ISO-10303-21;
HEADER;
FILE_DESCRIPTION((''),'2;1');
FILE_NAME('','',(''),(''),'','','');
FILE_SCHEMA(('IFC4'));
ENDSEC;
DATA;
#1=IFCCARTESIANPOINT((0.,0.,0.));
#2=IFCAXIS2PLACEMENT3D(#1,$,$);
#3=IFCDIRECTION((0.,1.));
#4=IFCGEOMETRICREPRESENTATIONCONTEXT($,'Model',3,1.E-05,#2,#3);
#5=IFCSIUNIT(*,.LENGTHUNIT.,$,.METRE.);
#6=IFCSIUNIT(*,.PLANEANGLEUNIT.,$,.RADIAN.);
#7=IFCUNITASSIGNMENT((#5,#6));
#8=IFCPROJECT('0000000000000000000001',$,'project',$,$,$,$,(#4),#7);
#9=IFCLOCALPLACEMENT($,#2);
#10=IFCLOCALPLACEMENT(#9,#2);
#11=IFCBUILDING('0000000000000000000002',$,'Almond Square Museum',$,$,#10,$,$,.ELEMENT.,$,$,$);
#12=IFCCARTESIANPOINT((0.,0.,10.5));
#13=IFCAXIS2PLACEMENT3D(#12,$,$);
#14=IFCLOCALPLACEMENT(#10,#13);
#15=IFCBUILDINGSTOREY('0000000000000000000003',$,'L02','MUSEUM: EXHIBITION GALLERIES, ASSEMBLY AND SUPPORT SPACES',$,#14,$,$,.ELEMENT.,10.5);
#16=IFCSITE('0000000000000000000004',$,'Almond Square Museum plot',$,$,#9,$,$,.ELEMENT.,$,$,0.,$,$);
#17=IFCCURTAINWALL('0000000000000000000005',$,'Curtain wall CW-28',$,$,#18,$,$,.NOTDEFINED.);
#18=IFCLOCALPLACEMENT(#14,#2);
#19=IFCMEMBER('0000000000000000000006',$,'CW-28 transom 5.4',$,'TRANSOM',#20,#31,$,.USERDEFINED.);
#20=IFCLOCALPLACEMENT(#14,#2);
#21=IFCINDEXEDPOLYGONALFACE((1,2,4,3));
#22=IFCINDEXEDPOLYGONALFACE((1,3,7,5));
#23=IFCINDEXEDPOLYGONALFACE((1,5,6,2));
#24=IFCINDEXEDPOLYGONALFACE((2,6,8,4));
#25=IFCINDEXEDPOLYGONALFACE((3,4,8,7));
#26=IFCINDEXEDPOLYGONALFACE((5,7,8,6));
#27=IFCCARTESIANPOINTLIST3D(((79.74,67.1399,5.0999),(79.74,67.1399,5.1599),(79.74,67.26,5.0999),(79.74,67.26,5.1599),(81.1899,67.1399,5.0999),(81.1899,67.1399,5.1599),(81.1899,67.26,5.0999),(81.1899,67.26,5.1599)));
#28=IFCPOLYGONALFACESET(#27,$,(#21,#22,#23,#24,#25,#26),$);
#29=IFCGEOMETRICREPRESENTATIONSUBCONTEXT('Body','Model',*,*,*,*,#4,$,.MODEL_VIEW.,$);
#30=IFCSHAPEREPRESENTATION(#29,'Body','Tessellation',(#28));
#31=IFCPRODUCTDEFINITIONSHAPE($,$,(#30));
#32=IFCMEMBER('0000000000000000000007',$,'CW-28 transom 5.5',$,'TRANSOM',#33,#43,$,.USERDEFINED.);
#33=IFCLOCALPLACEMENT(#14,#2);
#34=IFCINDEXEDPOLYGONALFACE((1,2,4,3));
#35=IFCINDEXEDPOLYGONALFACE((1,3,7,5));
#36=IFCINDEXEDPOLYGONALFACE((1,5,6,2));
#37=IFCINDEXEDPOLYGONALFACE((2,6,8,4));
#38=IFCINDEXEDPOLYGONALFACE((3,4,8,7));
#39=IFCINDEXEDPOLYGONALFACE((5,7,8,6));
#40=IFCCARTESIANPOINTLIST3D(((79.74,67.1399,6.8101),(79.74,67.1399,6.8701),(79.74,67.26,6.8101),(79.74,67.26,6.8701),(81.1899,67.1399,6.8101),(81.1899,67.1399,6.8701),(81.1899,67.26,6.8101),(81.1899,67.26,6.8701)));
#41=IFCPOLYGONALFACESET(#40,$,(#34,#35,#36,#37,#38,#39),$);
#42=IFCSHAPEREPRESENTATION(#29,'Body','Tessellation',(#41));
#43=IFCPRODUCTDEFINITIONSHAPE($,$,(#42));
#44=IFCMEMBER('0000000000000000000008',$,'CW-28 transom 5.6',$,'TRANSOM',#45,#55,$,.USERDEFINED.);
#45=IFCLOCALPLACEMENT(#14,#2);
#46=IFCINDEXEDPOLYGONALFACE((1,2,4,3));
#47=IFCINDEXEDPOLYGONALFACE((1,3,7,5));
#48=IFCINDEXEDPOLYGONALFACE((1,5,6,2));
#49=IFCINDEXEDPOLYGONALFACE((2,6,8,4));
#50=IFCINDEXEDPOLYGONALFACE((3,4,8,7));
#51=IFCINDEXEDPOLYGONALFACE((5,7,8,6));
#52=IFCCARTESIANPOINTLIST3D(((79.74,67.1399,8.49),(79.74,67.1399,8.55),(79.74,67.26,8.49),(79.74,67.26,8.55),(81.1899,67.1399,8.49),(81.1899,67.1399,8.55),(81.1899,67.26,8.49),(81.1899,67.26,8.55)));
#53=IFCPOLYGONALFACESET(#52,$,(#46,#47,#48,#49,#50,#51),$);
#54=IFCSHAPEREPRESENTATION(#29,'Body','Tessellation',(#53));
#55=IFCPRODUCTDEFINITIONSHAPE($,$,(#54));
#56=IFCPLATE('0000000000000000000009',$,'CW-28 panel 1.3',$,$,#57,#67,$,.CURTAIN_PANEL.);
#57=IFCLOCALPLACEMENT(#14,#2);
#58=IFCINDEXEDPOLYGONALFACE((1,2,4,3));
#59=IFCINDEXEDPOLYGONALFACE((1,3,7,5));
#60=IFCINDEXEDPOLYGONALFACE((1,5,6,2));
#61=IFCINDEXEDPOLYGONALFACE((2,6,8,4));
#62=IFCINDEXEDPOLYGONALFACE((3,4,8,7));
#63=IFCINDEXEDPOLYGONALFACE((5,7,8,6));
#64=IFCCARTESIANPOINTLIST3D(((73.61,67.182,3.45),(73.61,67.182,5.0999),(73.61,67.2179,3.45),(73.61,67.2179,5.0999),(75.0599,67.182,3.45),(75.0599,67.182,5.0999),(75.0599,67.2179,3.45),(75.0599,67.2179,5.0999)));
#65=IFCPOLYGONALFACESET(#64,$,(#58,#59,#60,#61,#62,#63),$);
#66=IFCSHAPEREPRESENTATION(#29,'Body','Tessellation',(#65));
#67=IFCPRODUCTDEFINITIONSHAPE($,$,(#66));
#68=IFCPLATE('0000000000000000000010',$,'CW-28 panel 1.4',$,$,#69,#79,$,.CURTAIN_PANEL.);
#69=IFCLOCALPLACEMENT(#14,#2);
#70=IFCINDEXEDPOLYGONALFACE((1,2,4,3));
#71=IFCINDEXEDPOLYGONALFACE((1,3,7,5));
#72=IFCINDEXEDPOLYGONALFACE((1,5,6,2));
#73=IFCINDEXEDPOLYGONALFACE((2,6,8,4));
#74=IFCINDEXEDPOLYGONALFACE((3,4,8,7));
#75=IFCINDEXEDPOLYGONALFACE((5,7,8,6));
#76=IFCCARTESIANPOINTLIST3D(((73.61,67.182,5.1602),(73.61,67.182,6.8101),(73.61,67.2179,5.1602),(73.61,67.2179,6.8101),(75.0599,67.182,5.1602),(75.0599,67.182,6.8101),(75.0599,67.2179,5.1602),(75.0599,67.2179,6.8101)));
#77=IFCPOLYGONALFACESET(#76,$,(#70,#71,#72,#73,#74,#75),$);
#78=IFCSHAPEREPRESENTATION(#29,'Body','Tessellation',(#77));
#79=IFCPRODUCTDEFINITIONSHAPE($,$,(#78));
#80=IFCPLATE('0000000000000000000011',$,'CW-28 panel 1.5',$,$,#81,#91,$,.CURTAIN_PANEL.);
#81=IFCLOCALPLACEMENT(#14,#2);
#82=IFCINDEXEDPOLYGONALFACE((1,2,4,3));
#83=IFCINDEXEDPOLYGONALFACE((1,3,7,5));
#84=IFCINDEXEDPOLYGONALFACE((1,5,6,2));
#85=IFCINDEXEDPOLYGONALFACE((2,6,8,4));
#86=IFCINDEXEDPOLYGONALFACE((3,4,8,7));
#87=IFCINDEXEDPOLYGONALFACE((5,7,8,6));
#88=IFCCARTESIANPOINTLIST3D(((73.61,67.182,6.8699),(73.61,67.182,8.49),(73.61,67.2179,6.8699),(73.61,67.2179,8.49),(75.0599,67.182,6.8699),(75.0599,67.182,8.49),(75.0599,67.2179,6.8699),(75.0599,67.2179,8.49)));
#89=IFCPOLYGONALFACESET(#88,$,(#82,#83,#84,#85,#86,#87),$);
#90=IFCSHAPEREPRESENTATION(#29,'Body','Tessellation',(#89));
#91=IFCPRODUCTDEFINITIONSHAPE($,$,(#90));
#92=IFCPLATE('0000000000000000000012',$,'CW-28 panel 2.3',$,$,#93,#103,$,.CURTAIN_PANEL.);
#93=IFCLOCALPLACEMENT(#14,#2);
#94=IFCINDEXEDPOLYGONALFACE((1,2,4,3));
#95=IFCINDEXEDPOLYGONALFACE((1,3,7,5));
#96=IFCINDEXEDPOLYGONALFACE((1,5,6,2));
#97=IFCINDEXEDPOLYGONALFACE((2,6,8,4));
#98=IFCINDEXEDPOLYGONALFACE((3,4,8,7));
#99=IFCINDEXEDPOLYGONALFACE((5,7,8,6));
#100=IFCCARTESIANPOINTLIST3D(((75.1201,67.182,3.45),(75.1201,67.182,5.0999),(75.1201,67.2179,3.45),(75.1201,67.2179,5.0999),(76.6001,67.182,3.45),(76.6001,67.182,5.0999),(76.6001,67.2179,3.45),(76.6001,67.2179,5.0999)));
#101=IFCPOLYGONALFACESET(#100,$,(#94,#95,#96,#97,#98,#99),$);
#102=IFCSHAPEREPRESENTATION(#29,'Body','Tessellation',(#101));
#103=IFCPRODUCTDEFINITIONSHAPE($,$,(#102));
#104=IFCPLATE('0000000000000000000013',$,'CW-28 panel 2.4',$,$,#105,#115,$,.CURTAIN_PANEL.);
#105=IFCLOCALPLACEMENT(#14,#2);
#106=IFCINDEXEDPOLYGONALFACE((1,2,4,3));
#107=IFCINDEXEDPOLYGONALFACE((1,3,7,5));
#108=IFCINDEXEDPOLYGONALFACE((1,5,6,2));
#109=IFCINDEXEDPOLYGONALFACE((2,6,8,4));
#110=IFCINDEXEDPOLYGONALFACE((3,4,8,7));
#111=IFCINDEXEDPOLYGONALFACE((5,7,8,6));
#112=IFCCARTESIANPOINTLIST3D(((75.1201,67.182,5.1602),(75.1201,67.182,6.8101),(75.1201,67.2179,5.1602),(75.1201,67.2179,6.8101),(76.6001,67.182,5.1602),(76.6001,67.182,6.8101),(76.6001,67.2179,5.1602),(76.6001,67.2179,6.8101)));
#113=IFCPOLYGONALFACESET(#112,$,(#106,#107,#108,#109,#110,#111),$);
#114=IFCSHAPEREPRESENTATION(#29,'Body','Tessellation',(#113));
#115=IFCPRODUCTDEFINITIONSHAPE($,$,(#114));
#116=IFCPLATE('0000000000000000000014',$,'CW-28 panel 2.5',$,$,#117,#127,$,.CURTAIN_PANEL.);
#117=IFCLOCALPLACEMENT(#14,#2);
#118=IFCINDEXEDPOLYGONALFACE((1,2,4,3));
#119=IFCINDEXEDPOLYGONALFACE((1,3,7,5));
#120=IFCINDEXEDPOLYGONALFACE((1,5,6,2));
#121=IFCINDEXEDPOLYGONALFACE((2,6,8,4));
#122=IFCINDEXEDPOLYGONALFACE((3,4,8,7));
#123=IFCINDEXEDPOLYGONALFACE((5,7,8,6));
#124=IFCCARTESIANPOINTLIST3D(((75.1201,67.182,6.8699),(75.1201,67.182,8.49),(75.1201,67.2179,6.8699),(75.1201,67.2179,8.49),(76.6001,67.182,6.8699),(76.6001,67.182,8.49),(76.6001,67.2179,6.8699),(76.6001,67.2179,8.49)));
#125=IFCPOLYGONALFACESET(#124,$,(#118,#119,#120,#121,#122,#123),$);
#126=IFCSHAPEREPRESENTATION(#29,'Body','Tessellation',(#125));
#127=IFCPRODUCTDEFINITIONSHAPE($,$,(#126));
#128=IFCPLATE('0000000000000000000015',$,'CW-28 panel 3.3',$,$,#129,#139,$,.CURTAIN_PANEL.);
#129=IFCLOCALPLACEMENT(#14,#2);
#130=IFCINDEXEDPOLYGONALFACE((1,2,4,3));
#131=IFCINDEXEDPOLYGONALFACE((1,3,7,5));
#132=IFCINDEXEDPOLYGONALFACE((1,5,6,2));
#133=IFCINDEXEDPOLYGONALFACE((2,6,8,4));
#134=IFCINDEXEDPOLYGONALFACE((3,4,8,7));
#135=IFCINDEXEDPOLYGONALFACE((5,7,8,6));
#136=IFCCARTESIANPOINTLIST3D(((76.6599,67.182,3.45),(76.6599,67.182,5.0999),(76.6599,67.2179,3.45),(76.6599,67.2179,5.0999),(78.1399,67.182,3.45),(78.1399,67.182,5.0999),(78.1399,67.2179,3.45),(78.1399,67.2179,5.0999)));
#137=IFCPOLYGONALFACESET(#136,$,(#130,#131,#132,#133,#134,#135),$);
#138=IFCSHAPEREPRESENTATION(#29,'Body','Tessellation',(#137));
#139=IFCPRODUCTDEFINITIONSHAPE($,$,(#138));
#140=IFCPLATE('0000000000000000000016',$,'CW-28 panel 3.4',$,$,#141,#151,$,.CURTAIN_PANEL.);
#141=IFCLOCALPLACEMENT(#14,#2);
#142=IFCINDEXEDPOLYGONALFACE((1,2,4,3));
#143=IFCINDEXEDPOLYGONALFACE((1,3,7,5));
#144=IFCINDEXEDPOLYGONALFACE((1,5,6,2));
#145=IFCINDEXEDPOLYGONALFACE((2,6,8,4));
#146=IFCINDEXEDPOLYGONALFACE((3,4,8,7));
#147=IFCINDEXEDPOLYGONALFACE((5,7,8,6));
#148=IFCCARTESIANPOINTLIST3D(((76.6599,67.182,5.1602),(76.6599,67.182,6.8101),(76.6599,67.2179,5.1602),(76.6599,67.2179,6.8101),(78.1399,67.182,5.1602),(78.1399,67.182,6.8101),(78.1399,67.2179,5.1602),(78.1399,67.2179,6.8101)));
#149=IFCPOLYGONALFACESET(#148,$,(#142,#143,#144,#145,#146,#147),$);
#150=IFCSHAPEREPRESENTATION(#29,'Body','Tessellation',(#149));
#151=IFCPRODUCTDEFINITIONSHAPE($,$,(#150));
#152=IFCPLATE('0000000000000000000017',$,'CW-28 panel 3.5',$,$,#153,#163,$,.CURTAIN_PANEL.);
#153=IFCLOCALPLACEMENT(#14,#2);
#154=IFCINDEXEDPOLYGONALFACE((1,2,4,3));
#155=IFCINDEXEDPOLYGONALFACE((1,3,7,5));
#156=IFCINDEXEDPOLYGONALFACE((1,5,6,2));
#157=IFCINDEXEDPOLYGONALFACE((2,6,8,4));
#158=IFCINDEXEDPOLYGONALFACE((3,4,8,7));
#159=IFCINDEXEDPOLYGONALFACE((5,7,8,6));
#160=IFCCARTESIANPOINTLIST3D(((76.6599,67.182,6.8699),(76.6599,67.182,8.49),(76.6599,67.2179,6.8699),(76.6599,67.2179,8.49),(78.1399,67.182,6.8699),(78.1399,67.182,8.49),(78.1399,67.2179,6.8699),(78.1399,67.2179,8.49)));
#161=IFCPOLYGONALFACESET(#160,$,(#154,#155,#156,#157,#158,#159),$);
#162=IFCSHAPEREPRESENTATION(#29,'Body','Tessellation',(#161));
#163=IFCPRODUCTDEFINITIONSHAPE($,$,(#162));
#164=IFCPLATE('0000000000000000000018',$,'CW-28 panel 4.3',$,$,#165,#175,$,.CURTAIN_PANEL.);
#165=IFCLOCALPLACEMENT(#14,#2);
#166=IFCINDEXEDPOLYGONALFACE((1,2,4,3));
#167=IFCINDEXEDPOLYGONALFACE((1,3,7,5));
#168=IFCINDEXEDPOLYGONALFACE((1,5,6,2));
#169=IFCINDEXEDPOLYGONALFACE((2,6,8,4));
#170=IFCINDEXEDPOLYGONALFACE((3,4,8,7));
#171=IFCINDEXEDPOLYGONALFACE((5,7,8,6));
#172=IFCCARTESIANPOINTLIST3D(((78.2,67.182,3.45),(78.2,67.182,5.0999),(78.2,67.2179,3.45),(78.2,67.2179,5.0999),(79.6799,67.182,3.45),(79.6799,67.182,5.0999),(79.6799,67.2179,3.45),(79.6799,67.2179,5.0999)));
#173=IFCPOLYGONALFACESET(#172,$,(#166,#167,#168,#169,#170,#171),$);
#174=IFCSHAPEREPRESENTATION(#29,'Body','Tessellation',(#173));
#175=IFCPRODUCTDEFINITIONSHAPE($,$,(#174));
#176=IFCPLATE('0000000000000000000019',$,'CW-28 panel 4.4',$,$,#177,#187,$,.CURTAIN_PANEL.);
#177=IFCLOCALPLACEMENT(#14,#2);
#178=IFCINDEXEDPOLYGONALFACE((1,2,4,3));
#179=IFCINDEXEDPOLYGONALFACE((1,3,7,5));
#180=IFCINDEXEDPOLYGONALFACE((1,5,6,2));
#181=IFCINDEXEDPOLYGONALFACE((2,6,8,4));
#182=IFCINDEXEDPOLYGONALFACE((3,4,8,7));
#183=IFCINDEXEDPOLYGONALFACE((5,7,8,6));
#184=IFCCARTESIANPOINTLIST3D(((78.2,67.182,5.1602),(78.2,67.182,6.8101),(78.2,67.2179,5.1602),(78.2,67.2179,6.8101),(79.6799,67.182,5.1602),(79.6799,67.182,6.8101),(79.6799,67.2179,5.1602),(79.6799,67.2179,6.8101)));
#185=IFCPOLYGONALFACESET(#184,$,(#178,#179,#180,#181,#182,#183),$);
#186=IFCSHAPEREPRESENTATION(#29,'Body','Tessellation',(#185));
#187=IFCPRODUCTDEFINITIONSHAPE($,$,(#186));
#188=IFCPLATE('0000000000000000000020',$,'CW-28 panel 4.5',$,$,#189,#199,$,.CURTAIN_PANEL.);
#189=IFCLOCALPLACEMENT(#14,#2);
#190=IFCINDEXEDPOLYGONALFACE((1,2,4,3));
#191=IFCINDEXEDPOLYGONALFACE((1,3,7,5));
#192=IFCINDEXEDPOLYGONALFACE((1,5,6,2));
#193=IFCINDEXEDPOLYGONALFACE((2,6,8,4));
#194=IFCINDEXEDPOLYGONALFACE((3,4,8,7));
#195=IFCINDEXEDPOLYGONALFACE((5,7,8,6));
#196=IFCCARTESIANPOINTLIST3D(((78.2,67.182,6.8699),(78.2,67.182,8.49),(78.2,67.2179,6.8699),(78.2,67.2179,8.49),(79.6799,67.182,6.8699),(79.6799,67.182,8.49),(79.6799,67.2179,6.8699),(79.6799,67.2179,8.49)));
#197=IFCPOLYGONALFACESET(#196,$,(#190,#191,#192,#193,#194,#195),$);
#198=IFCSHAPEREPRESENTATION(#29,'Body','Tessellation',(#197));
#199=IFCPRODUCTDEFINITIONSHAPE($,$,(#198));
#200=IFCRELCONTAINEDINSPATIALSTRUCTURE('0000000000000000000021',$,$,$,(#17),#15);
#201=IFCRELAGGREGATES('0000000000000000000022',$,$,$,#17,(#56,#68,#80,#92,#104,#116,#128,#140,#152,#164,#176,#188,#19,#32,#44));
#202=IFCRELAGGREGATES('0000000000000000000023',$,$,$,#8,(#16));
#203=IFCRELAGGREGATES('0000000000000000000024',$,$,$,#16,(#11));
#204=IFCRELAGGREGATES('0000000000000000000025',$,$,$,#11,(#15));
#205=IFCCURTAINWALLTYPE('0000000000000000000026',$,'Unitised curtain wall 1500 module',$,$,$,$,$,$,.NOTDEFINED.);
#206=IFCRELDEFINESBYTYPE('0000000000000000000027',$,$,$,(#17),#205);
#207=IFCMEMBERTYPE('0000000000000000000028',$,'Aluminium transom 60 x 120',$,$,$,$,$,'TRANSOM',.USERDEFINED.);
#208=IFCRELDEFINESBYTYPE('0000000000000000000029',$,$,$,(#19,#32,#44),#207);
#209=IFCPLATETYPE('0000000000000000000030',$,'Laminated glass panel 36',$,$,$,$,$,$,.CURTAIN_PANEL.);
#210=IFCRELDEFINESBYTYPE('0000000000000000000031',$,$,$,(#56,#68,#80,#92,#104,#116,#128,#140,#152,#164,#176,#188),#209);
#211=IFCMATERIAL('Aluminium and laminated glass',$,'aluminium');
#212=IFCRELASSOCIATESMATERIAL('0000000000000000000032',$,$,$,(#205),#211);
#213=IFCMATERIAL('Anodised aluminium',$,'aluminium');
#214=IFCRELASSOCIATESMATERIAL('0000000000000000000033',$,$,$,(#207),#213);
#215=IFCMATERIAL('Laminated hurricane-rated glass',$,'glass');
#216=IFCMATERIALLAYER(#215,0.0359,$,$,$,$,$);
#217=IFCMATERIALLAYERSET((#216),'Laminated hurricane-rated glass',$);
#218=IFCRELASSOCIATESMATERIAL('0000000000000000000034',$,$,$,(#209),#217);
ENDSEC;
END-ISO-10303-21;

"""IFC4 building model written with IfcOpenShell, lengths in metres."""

from ifc_helpers import new_model, si_unit, direction, frame, origin, origin_2d, place, context, subcontext, project, spatial, rectangle, extrude, material, layer, layer_set, material_profile, profile_set, type_object, element, aggregate, save


model = new_model("IFC4")

# Units and contexts
model_context = context("Model", 3, precision=1e-05, world=origin(), true_north=direction((0.0, 1.0)))
body_context = subcontext(model_context, "Body", "Model", "MODEL_VIEW")
ifc_project = project(units=[si_unit("LENGTHUNIT", "METRE"), si_unit("PLANEANGLEUNIT", "RADIAN")], contexts=[model_context])

# Site, building, storey
site_placement = place(None, origin())
site = spatial("IfcSite", under=ifc_project, at=site_placement, Name="Almond Square Museum plot", CompositionType="ELEMENT", RefElevation=0.0)
building_placement = place(site_placement, origin())
building = spatial("IfcBuilding", under=site, at=building_placement, Name="Almond Square Museum", CompositionType="ELEMENT")
storey_placement = place(building_placement, frame((0.0, 0.0, 10.5)))
storey = spatial("IfcBuildingStorey", under=building, at=storey_placement, Name="L02", Description="MUSEUM: EXHIBITION GALLERIES, ASSEMBLY AND SUPPORT SPACES", CompositionType="ELEMENT", Elevation=10.5)

# Curtain wall, members, plates
ifc_material_1 = material(Name="Aluminium and laminated glass", Category="aluminium")
curtain_wall_type = type_object("IfcCurtainWallType", Name="Unitised curtain wall 1500 module", PredefinedType="NOTDEFINED", material=ifc_material_1)
curtain_wall_placement = place(storey_placement, origin())
curtain_wall = element("IfcCurtainWall", 1, at=curtain_wall_placement, inside=storey, type_object=curtain_wall_type, Name="Curtain wall CW-28", PredefinedType="NOTDEFINED")
ifc_material_2 = material(Name="Anodised aluminium", Category="aluminium")
ifc_material_profile = material_profile(ifc_material_2, rectangle(XDim=0.1201, YDim=0.0601, at=origin_2d()))
ifc_profile_set = profile_set([ifc_material_profile], Name="Anodised aluminium")
member_type = type_object("IfcMemberType", Name="Aluminium transom 60 x 120", ElementType="TRANSOM", PredefinedType="USERDEFINED", material=ifc_profile_set)
member_1_placement = place(storey_placement, frame((79.74, 67.2, 5.1299), z_axis=(1.0, 0.0, 0.0), x_axis=(0.0, 1.0, 0.0)))
member_1 = element("IfcMember", 2, at=member_1_placement, type_object=member_type, Name="CW-28 transom 5.4", ObjectType="TRANSOM", PredefinedType="USERDEFINED", context=body_context, shape_type="SweptSolid", body=[
    extrude(rectangle(XDim=0.1201, YDim=0.0601, at=origin_2d()), origin(), (0.0, 0.0, 1.0), 1.45),
])
member_2_placement = place(storey_placement, frame((79.74, 67.2, 6.8401), z_axis=(1.0, 0.0, 0.0), x_axis=(0.0, 1.0, 0.0)))
member_2 = element("IfcMember", 3, at=member_2_placement, type_object=member_type, Name="CW-28 transom 5.5", ObjectType="TRANSOM", PredefinedType="USERDEFINED", context=body_context, shape_type="SweptSolid", body=[
    extrude(rectangle(XDim=0.1201, YDim=0.0601, at=origin_2d()), origin(), (0.0, 0.0, 1.0), 1.45),
])
member_3_placement = place(storey_placement, frame((79.74, 67.2, 8.52), z_axis=(1.0, 0.0, 0.0), x_axis=(0.0, 1.0, 0.0)))
member_3 = element("IfcMember", 4, at=member_3_placement, type_object=member_type, Name="CW-28 transom 5.6", ObjectType="TRANSOM", PredefinedType="USERDEFINED", context=body_context, shape_type="SweptSolid", body=[
    extrude(rectangle(XDim=0.1201, YDim=0.0601, at=origin_2d()), origin(), (0.0, 0.0, 1.0), 1.45),
])
ifc_material_3 = material(Name="Laminated hurricane-rated glass", Category="glass")
ifc_layer = layer(ifc_material_3, 0.0359)
ifc_layer_set = layer_set([ifc_layer], Name="Laminated hurricane-rated glass")
plate_type = type_object("IfcPlateType", Name="Laminated glass panel 36", PredefinedType="CURTAIN_PANEL", material=ifc_layer_set)
plate_1_placement = place(storey_placement, frame((74.335, 67.2, 3.45), z_axis=(0.0, 0.0, 1.0), x_axis=(1.0, 0.0, 0.0)))
plate_1 = element("IfcPlate", 5, at=plate_1_placement, type_object=plate_type, Name="CW-28 panel 1.3", PredefinedType="CURTAIN_PANEL", context=body_context, shape_type="SweptSolid", body=[
    extrude(rectangle(XDim=1.45, YDim=0.0359, at=origin_2d()), origin(), (0.0, 0.0, 1.0), 1.6499),
])
plate_2_placement = place(storey_placement, frame((74.335, 67.2, 5.1602), z_axis=(0.0, 0.0, 1.0), x_axis=(1.0, 0.0, 0.0)))
plate_2 = element("IfcPlate", 6, at=plate_2_placement, type_object=plate_type, Name="CW-28 panel 1.4", PredefinedType="CURTAIN_PANEL", context=body_context, shape_type="SweptSolid", body=[
    extrude(rectangle(XDim=1.45, YDim=0.0359, at=origin_2d()), origin(), (0.0, 0.0, 1.0), 1.6499),
])
plate_3_placement = place(storey_placement, frame((74.335, 67.2, 6.8699), z_axis=(0.0, 0.0, 1.0), x_axis=(1.0, 0.0, 0.0)))
plate_3 = element("IfcPlate", 7, at=plate_3_placement, type_object=plate_type, Name="CW-28 panel 1.5", PredefinedType="CURTAIN_PANEL", context=body_context, shape_type="SweptSolid", body=[
    extrude(rectangle(XDim=1.45, YDim=0.0359, at=origin_2d()), origin(), (0.0, 0.0, 1.0), 1.6201),
])
plate_4_placement = place(storey_placement, frame((75.8601, 67.2, 3.45), z_axis=(0.0, 0.0, 1.0), x_axis=(1.0, 0.0, 0.0)))
plate_4 = element("IfcPlate", 8, at=plate_4_placement, type_object=plate_type, Name="CW-28 panel 2.3", PredefinedType="CURTAIN_PANEL", context=body_context, shape_type="SweptSolid", body=[
    extrude(rectangle(XDim=1.48, YDim=0.0359, at=origin_2d()), origin(), (0.0, 0.0, 1.0), 1.6499),
])
plate_5_placement = place(storey_placement, frame((75.8601, 67.2, 5.1602), z_axis=(0.0, 0.0, 1.0), x_axis=(1.0, 0.0, 0.0)))
plate_5 = element("IfcPlate", 9, at=plate_5_placement, type_object=plate_type, Name="CW-28 panel 2.4", PredefinedType="CURTAIN_PANEL", context=body_context, shape_type="SweptSolid", body=[
    extrude(rectangle(XDim=1.48, YDim=0.0359, at=origin_2d()), origin(), (0.0, 0.0, 1.0), 1.6499),
])
plate_6_placement = place(storey_placement, frame((75.8601, 67.2, 6.8699), z_axis=(0.0, 0.0, 1.0), x_axis=(1.0, 0.0, 0.0)))
plate_6 = element("IfcPlate", 10, at=plate_6_placement, type_object=plate_type, Name="CW-28 panel 2.5", PredefinedType="CURTAIN_PANEL", context=body_context, shape_type="SweptSolid", body=[
    extrude(rectangle(XDim=1.48, YDim=0.0359, at=origin_2d()), origin(), (0.0, 0.0, 1.0), 1.6201),
])
plate_7_placement = place(storey_placement, frame((77.3999, 67.2, 3.45), z_axis=(0.0, 0.0, 1.0), x_axis=(1.0, 0.0, 0.0)))
plate_7 = element("IfcPlate", 11, at=plate_7_placement, type_object=plate_type, Name="CW-28 panel 3.3", PredefinedType="CURTAIN_PANEL", context=body_context, shape_type="SweptSolid", body=[
    extrude(rectangle(XDim=1.48, YDim=0.0359, at=origin_2d()), origin(), (0.0, 0.0, 1.0), 1.6499),
])
plate_8_placement = place(storey_placement, frame((77.3999, 67.2, 5.1602), z_axis=(0.0, 0.0, 1.0), x_axis=(1.0, 0.0, 0.0)))
plate_8 = element("IfcPlate", 12, at=plate_8_placement, type_object=plate_type, Name="CW-28 panel 3.4", PredefinedType="CURTAIN_PANEL", context=body_context, shape_type="SweptSolid", body=[
    extrude(rectangle(XDim=1.48, YDim=0.0359, at=origin_2d()), origin(), (0.0, 0.0, 1.0), 1.6499),
])
plate_9_placement = place(storey_placement, frame((77.3999, 67.2, 6.8699), z_axis=(0.0, 0.0, 1.0), x_axis=(1.0, 0.0, 0.0)))
plate_9 = element("IfcPlate", 13, at=plate_9_placement, type_object=plate_type, Name="CW-28 panel 3.5", PredefinedType="CURTAIN_PANEL", context=body_context, shape_type="SweptSolid", body=[
    extrude(rectangle(XDim=1.48, YDim=0.0359, at=origin_2d()), origin(), (0.0, 0.0, 1.0), 1.6201),
])
plate_10_placement = place(storey_placement, frame((78.9399, 67.2, 3.45), z_axis=(0.0, 0.0, 1.0), x_axis=(1.0, 0.0, 0.0)))
plate_10 = element("IfcPlate", 14, at=plate_10_placement, type_object=plate_type, Name="CW-28 panel 4.3", PredefinedType="CURTAIN_PANEL", context=body_context, shape_type="SweptSolid", body=[
    extrude(rectangle(XDim=1.48, YDim=0.0359, at=origin_2d()), origin(), (0.0, 0.0, 1.0), 1.6499),
])
plate_11_placement = place(storey_placement, frame((78.9399, 67.2, 5.1602), z_axis=(0.0, 0.0, 1.0), x_axis=(1.0, 0.0, 0.0)))
plate_11 = element("IfcPlate", 15, at=plate_11_placement, type_object=plate_type, Name="CW-28 panel 4.4", PredefinedType="CURTAIN_PANEL", context=body_context, shape_type="SweptSolid", body=[
    extrude(rectangle(XDim=1.48, YDim=0.0359, at=origin_2d()), origin(), (0.0, 0.0, 1.0), 1.6499),
])
plate_12_placement = place(storey_placement, frame((78.9399, 67.2, 6.8699), z_axis=(0.0, 0.0, 1.0), x_axis=(1.0, 0.0, 0.0)))
plate_12 = element("IfcPlate", 16, at=plate_12_placement, type_object=plate_type, Name="CW-28 panel 4.5", PredefinedType="CURTAIN_PANEL", context=body_context, shape_type="SweptSolid", body=[
    extrude(rectangle(XDim=1.48, YDim=0.0359, at=origin_2d()), origin(), (0.0, 0.0, 1.0), 1.6201),
])
aggregate(curtain_wall, [plate_1, plate_2, plate_3, plate_4, plate_5, plate_6, plate_7, plate_8, plate_9, plate_10, plate_11, plate_12, member_1, member_2, member_3])

save(model, "model.ifc")
